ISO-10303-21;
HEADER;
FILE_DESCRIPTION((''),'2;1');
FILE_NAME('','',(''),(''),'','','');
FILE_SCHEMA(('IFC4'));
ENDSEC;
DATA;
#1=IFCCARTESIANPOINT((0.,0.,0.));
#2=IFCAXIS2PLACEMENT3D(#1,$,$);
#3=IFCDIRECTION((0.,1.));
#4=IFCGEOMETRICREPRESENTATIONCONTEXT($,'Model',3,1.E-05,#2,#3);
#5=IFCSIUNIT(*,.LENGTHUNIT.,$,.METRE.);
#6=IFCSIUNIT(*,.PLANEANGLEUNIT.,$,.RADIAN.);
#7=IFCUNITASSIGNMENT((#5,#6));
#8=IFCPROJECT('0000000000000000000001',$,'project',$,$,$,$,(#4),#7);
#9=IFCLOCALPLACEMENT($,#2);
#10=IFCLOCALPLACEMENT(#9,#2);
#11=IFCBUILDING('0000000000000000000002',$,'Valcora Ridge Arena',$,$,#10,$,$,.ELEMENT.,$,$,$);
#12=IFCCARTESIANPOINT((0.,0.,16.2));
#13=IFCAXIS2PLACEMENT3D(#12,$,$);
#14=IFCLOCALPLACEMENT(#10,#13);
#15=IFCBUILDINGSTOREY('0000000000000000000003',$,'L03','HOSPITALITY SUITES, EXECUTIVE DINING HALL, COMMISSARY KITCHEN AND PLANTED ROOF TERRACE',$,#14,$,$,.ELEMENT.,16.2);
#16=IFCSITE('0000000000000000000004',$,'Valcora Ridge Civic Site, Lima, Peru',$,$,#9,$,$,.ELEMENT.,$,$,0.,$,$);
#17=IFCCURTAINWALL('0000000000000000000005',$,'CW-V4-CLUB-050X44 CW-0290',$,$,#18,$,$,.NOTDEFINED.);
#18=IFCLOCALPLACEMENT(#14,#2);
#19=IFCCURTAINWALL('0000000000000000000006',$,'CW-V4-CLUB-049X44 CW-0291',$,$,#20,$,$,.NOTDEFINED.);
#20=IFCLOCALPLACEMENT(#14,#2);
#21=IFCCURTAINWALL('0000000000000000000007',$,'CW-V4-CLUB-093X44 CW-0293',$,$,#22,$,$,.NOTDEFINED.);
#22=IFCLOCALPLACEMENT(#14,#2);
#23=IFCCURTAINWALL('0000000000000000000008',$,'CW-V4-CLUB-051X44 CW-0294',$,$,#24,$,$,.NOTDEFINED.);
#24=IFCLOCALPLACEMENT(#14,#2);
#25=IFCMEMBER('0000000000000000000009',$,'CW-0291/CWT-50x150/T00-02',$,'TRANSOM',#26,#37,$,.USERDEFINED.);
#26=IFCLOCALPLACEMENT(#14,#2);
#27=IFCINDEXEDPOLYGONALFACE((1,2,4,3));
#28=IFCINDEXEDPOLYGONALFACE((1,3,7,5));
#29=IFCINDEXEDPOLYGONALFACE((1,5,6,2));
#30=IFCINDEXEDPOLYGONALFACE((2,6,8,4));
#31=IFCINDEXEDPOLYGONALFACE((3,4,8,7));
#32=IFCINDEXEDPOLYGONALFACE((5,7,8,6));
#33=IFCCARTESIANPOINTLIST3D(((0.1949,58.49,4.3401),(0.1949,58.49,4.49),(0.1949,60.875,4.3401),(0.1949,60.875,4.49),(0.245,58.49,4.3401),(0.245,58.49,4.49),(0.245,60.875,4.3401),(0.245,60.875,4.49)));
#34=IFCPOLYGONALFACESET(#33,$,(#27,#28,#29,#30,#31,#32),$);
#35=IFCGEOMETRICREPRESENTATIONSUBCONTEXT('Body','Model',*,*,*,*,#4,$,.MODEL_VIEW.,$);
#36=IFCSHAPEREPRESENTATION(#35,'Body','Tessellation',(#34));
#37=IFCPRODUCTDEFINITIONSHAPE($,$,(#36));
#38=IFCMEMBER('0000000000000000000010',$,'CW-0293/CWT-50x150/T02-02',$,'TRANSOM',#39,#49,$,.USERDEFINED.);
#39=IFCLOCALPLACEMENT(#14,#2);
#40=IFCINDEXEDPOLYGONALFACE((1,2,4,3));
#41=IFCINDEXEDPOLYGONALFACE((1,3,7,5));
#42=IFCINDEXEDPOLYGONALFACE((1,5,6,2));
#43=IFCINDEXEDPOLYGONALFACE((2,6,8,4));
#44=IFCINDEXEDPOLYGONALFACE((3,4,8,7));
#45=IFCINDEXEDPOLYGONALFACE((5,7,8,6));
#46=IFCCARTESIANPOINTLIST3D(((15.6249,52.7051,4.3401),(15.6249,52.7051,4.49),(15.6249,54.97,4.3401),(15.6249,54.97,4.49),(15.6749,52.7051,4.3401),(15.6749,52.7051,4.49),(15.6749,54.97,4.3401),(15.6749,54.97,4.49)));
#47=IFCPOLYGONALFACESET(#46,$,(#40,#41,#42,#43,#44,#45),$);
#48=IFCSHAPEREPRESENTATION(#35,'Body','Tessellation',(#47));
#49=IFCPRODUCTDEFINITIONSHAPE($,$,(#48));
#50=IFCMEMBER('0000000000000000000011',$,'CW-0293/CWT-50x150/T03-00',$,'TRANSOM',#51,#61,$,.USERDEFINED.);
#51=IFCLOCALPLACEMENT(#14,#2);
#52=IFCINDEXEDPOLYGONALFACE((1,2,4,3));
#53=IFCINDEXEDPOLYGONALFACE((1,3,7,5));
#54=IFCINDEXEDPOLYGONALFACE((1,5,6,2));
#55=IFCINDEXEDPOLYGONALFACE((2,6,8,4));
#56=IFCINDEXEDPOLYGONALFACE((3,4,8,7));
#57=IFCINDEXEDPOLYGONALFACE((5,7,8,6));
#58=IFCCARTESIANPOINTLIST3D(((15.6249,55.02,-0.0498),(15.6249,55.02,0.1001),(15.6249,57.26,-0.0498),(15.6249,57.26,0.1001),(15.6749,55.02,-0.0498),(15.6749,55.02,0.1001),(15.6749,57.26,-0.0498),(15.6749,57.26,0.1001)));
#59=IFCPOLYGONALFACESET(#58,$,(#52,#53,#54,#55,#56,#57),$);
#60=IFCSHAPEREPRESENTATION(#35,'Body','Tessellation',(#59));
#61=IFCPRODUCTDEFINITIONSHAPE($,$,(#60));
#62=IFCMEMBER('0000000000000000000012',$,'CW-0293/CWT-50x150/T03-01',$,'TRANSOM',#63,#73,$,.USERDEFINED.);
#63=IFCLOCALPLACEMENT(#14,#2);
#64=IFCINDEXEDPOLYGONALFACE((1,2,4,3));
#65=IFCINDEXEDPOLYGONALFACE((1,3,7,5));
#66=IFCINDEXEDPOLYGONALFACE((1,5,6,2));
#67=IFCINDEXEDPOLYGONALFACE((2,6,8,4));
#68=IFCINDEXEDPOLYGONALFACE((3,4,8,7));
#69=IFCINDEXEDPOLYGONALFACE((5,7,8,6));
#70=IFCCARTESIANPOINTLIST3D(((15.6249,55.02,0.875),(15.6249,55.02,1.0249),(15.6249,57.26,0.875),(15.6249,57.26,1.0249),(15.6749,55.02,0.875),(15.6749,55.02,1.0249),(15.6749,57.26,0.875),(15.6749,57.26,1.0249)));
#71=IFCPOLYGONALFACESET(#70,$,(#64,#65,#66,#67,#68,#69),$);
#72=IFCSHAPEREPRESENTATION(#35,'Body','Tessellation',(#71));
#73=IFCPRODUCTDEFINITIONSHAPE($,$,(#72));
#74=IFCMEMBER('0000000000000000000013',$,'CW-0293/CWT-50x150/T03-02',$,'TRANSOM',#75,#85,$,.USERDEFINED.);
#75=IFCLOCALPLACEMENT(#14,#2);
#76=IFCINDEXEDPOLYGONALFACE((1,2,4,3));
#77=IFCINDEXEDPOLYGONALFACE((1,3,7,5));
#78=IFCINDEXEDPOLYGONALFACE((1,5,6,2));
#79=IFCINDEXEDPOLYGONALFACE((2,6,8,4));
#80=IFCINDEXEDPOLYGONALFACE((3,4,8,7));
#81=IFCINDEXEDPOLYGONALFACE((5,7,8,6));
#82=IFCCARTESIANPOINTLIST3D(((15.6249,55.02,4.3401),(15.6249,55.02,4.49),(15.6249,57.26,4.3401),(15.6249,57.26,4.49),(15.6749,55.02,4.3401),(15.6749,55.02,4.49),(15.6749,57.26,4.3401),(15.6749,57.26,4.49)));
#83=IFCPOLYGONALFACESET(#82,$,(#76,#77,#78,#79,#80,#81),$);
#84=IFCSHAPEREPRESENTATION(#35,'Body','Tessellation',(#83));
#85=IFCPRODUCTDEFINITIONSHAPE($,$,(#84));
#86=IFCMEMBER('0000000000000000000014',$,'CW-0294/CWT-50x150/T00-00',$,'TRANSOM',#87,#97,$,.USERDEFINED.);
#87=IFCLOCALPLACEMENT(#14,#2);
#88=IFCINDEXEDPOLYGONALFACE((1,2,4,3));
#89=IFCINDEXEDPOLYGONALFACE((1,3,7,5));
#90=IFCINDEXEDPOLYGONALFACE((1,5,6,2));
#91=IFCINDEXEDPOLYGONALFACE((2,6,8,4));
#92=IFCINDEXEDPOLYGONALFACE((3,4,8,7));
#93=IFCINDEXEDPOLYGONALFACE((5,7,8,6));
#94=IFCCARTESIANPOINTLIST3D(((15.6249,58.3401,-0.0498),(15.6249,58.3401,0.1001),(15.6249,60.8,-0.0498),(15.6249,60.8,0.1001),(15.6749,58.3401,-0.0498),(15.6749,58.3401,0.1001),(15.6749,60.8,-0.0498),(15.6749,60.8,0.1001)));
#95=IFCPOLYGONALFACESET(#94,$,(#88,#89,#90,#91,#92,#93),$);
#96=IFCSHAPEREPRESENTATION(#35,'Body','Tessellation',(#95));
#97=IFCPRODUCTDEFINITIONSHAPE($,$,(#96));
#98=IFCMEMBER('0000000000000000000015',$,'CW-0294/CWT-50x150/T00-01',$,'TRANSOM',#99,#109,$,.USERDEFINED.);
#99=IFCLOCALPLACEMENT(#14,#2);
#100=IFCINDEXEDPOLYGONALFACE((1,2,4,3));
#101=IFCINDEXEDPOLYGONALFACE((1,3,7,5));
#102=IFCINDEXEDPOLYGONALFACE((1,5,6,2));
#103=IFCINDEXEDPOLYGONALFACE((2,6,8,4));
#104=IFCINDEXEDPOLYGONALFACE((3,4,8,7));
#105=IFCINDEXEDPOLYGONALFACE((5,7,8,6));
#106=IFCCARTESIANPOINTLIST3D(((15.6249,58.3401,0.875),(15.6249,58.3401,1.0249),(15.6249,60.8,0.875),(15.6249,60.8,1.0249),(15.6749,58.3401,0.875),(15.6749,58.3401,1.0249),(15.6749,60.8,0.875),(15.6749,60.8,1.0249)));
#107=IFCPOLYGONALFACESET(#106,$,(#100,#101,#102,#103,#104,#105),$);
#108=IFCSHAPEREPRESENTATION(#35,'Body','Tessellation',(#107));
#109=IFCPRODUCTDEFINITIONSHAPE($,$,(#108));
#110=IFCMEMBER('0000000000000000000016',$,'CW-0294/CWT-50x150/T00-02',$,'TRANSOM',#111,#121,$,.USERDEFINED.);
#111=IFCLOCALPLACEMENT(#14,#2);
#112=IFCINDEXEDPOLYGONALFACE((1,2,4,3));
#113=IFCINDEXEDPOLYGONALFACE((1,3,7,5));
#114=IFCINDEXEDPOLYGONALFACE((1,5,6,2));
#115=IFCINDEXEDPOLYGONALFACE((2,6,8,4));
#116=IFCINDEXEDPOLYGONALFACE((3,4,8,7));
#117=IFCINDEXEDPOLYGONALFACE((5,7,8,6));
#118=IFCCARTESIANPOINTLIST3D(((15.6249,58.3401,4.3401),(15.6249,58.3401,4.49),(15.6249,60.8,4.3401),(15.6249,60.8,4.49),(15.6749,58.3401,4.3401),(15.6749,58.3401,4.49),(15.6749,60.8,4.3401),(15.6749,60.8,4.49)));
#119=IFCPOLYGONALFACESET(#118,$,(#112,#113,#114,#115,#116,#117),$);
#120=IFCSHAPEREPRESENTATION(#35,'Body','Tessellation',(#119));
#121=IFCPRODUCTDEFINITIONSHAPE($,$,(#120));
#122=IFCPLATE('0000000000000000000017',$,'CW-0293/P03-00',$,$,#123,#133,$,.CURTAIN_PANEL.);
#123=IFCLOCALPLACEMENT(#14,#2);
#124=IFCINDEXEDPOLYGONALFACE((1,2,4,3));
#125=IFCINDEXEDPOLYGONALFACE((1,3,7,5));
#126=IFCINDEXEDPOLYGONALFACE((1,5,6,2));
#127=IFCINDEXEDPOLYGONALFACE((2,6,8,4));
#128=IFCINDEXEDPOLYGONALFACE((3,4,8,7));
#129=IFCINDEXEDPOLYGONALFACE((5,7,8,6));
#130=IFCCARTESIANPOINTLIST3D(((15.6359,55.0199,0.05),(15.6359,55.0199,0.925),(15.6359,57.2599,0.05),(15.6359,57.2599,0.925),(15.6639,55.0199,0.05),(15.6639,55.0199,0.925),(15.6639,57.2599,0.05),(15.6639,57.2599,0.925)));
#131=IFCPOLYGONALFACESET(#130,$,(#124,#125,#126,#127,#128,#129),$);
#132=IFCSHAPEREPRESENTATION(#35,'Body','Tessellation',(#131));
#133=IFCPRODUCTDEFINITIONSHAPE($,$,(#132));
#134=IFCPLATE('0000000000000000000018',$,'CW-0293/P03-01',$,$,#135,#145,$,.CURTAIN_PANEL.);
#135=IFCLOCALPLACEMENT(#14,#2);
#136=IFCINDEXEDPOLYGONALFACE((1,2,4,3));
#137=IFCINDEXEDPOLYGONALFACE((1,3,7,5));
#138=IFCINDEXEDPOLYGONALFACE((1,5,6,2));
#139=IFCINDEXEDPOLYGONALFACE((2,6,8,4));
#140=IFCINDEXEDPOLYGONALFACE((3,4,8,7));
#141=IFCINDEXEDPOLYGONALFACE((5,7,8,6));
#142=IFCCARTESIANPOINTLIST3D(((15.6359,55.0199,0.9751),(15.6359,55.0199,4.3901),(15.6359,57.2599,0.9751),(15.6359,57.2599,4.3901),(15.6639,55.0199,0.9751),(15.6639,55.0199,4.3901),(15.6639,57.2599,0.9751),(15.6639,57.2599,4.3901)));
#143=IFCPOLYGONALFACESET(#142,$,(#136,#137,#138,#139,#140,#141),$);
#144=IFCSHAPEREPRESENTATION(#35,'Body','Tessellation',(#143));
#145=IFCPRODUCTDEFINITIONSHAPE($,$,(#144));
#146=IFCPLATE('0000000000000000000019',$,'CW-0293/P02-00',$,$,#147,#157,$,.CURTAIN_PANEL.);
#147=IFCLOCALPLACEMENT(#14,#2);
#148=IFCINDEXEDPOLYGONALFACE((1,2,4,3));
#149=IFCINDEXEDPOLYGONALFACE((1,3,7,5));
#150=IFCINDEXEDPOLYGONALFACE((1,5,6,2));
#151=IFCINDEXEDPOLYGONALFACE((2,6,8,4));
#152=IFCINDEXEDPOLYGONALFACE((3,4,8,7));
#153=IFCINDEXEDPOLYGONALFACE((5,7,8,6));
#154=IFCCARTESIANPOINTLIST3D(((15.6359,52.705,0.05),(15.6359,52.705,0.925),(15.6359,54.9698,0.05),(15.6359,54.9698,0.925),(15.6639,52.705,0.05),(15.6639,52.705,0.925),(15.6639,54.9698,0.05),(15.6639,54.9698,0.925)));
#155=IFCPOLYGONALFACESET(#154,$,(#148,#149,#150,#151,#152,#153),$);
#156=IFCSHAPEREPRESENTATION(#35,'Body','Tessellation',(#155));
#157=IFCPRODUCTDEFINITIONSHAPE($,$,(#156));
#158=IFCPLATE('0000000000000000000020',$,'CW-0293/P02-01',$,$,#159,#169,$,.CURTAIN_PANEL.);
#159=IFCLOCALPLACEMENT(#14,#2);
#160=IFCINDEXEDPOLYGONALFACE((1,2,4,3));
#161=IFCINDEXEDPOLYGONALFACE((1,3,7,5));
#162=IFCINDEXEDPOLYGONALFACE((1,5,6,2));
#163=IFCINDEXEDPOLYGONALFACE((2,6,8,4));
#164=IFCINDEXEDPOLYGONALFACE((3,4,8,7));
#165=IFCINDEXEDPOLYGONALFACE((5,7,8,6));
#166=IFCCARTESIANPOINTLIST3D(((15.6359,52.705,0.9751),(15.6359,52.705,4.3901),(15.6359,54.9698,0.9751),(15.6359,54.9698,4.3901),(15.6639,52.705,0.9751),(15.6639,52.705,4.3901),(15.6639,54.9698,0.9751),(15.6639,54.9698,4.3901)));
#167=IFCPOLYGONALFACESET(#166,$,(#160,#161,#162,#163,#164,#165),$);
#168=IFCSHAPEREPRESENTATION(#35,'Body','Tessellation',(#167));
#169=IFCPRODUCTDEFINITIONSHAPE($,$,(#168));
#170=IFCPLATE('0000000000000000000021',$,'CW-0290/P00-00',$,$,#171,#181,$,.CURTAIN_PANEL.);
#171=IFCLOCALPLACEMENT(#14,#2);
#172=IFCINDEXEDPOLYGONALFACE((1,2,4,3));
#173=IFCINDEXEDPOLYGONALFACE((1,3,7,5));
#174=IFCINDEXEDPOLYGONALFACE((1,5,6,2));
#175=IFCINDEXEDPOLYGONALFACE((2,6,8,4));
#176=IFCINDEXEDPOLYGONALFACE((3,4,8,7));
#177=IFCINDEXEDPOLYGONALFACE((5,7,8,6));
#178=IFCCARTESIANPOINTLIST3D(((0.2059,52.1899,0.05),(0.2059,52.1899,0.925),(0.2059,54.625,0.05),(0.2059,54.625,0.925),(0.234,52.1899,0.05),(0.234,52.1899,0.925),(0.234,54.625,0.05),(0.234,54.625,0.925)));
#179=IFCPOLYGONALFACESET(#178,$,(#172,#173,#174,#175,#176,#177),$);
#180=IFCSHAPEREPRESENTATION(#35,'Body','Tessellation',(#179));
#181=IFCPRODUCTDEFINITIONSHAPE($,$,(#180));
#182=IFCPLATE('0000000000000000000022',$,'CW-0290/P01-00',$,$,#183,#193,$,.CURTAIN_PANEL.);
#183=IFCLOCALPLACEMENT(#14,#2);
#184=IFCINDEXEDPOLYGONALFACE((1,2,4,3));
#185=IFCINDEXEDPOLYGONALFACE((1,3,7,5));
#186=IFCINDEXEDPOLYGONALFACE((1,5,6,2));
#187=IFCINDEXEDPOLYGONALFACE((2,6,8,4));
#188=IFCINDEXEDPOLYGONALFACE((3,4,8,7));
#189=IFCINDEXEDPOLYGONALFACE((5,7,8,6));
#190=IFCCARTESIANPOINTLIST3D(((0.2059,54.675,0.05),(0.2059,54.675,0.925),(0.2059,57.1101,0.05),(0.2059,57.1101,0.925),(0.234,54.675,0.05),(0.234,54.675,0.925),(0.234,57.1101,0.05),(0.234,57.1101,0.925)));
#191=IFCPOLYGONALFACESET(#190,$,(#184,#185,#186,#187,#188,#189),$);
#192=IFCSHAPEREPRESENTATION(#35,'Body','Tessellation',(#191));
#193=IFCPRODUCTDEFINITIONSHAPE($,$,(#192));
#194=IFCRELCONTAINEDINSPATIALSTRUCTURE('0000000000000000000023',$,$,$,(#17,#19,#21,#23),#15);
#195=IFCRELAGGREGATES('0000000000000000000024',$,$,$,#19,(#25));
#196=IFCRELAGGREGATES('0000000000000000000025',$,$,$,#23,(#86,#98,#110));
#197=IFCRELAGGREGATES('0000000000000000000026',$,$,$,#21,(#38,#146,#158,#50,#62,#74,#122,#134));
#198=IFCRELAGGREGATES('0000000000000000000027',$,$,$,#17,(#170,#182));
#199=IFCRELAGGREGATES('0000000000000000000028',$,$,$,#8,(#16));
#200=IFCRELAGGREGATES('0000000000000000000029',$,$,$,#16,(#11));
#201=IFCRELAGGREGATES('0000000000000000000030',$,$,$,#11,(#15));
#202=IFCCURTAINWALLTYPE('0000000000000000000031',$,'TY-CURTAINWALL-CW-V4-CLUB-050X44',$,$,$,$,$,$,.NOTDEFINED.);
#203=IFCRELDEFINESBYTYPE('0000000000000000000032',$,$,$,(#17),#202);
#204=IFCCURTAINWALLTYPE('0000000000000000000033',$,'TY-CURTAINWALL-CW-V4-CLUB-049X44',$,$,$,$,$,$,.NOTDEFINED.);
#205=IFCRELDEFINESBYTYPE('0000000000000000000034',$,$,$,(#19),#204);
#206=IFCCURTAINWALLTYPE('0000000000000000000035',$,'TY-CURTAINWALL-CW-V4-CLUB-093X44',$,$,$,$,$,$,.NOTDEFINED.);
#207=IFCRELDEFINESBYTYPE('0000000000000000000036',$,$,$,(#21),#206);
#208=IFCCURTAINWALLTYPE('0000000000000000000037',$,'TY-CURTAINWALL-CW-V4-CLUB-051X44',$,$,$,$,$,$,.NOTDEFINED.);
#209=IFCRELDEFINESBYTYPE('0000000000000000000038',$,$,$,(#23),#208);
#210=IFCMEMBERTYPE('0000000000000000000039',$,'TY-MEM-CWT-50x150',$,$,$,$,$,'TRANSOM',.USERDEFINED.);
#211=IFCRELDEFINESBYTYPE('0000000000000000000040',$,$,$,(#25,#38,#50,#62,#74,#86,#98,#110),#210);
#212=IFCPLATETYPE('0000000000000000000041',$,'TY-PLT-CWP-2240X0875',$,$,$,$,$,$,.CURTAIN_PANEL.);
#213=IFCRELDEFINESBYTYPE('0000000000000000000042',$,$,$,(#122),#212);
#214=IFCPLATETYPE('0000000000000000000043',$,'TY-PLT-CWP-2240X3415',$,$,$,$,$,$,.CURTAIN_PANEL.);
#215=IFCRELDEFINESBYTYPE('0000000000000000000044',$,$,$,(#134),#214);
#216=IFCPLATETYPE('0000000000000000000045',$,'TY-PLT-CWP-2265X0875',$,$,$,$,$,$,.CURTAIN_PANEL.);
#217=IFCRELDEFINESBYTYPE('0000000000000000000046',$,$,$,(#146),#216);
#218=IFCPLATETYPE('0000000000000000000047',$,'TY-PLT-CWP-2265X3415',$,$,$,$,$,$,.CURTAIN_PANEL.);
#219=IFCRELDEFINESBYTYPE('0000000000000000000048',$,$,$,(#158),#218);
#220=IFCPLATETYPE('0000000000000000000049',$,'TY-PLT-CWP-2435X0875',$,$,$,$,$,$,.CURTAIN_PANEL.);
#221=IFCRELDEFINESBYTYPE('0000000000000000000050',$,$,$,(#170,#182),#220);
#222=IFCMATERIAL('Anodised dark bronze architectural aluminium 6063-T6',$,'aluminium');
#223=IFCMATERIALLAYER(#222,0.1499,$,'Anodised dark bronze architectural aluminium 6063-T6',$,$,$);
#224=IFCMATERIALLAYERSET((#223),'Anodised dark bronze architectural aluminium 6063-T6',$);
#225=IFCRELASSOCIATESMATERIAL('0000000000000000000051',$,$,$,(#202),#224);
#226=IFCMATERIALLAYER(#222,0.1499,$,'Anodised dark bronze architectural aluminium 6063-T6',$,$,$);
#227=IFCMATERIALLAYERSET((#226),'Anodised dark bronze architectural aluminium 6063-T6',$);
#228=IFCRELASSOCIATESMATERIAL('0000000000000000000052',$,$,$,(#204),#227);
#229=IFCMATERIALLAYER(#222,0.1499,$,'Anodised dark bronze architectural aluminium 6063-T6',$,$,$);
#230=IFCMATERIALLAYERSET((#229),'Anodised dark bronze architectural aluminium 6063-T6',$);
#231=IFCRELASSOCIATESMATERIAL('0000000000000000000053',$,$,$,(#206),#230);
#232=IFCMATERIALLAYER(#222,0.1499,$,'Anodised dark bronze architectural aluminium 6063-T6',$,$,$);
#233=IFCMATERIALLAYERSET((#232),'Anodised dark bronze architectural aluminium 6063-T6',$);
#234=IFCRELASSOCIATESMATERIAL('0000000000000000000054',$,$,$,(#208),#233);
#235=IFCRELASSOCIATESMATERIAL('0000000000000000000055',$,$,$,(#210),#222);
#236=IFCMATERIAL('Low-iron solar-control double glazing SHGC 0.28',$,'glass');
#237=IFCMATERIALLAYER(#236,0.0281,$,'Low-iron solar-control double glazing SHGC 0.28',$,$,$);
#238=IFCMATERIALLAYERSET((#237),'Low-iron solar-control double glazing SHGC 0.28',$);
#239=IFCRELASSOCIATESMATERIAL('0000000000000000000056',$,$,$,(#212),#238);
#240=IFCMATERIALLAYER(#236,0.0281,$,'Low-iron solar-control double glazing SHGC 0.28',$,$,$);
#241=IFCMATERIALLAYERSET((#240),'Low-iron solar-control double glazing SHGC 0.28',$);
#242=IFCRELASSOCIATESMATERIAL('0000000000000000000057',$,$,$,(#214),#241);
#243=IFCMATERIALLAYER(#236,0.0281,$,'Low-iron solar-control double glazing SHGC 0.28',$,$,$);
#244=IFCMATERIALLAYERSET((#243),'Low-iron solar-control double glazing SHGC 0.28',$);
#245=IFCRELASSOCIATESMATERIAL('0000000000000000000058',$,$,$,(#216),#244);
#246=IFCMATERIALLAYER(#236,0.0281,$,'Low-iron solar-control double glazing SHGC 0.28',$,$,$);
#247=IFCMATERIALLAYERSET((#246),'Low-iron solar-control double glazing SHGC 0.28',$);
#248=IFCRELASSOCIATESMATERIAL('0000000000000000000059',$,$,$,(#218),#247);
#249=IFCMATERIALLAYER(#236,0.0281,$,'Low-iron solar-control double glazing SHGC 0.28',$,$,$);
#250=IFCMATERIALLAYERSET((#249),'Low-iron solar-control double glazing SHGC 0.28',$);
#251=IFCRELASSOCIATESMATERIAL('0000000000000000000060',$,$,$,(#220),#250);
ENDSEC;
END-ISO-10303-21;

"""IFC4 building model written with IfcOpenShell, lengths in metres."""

from ifc_helpers import new_model, si_unit, direction, frame, origin, origin_2d, place, context, subcontext, project, spatial, rectangle, extrude, material, layer, layer_set, material_profile, profile_set, type_object, element, aggregate, save


model = new_model("IFC4")

# Units and contexts
model_context = context("Model", 3, precision=1e-05, world=origin(), true_north=direction((0.0, 1.0)))
body_context = subcontext(model_context, "Body", "Model", "MODEL_VIEW")
ifc_project = project(units=[si_unit("LENGTHUNIT", "METRE"), si_unit("PLANEANGLEUNIT", "RADIAN")], contexts=[model_context])

# Site, building, storey
site_placement = place(None, origin())
site = spatial("IfcSite", under=ifc_project, at=site_placement, Name="Valcora Ridge Civic Site, Lima, Peru", CompositionType="ELEMENT", RefElevation=0.0)
building_placement = place(site_placement, origin())
building = spatial("IfcBuilding", under=site, at=building_placement, Name="Valcora Ridge Arena", CompositionType="ELEMENT")
storey_placement = place(building_placement, frame((0.0, 0.0, 16.2)))
storey = spatial("IfcBuildingStorey", under=building, at=storey_placement, Name="L03", Description="HOSPITALITY SUITES, EXECUTIVE DINING HALL, COMMISSARY KITCHEN AND PLANTED ROOF TERRACE", CompositionType="ELEMENT", Elevation=16.2)

# Curtain wall
ifc_material_1 = material(Name="Anodised dark bronze architectural aluminium 6063-T6", Category="aluminium")
ifc_layer_1 = layer(ifc_material_1, 0.1499, Name="Anodised dark bronze architectural aluminium 6063-T6")
ifc_layer_set_1 = layer_set([ifc_layer_1], Name="Anodised dark bronze architectural aluminium 6063-T6")
curtain_wall_type_1 = type_object("IfcCurtainWallType", Name="TY-CURTAINWALL-CW-V4-CLUB-050X44", PredefinedType="NOTDEFINED", material=ifc_layer_set_1)
curtain_wall_1_placement = place(storey_placement, origin())
curtain_wall_1 = element("IfcCurtainWall", 1, at=curtain_wall_1_placement, inside=storey, type_object=curtain_wall_type_1, Name="CW-V4-CLUB-050X44 CW-0290", PredefinedType="NOTDEFINED")

# Curtain wall
ifc_layer_2 = layer(ifc_material_1, 0.1499, Name="Anodised dark bronze architectural aluminium 6063-T6")
ifc_layer_set_2 = layer_set([ifc_layer_2], Name="Anodised dark bronze architectural aluminium 6063-T6")
curtain_wall_type_2 = type_object("IfcCurtainWallType", Name="TY-CURTAINWALL-CW-V4-CLUB-049X44", PredefinedType="NOTDEFINED", material=ifc_layer_set_2)
curtain_wall_2_placement = place(storey_placement, origin())
curtain_wall_2 = element("IfcCurtainWall", 2, at=curtain_wall_2_placement, inside=storey, type_object=curtain_wall_type_2, Name="CW-V4-CLUB-049X44 CW-0291", PredefinedType="NOTDEFINED")

# Curtain wall
ifc_layer_3 = layer(ifc_material_1, 0.1499, Name="Anodised dark bronze architectural aluminium 6063-T6")
ifc_layer_set_3 = layer_set([ifc_layer_3], Name="Anodised dark bronze architectural aluminium 6063-T6")
curtain_wall_type_3 = type_object("IfcCurtainWallType", Name="TY-CURTAINWALL-CW-V4-CLUB-093X44", PredefinedType="NOTDEFINED", material=ifc_layer_set_3)
curtain_wall_3_placement = place(storey_placement, origin())
curtain_wall_3 = element("IfcCurtainWall", 3, at=curtain_wall_3_placement, inside=storey, type_object=curtain_wall_type_3, Name="CW-V4-CLUB-093X44 CW-0293", PredefinedType="NOTDEFINED")

# Curtain wall
ifc_layer_4 = layer(ifc_material_1, 0.1499, Name="Anodised dark bronze architectural aluminium 6063-T6")
ifc_layer_set_4 = layer_set([ifc_layer_4], Name="Anodised dark bronze architectural aluminium 6063-T6")
curtain_wall_type_4 = type_object("IfcCurtainWallType", Name="TY-CURTAINWALL-CW-V4-CLUB-051X44", PredefinedType="NOTDEFINED", material=ifc_layer_set_4)
curtain_wall_4_placement = place(storey_placement, origin())
curtain_wall_4 = element("IfcCurtainWall", 4, at=curtain_wall_4_placement, inside=storey, type_object=curtain_wall_type_4, Name="CW-V4-CLUB-051X44 CW-0294", PredefinedType="NOTDEFINED")

# Members
ifc_material_profile_1 = material_profile(ifc_material_1, rectangle(XDim=0.05, YDim=0.1499, at=origin_2d()), Name="ALU TRANSOM 50x150")
ifc_profile_set_1 = profile_set([ifc_material_profile_1], Name="Anodised dark bronze architectural aluminium 6063-T6")
member_type_1 = type_object("IfcMemberType", Name="TY-MEM-CWT-50x150", ElementType="TRANSOM", PredefinedType="USERDEFINED", material=ifc_profile_set_1)
member_1_placement = place(storey_placement, frame((0.22, 58.49, 4.415), z_axis=(0.0, 1.0, 0.0), x_axis=(-1.0, 0.0, 0.0)))
member_1 = element("IfcMember", 5, at=member_1_placement, type_object=member_type_1, Name="CW-0291/CWT-50x150/T00-02", ObjectType="TRANSOM", PredefinedType="USERDEFINED", context=body_context, shape_type="SweptSolid", body=[
    extrude(rectangle(XDim=0.05, YDim=0.1499, at=origin_2d()), origin(), (0.0, 0.0, 1.0), 2.385),
])
aggregate(curtain_wall_2, [member_1])
member_2_placement = place(storey_placement, frame((15.6499, 52.7051, 4.415), z_axis=(0.0, 1.0, 0.0), x_axis=(-1.0, 0.0, 0.0)))
member_2 = element("IfcMember", 6, at=member_2_placement, type_object=member_type_1, Name="CW-0293/CWT-50x150/T02-02", ObjectType="TRANSOM", PredefinedType="USERDEFINED", context=body_context, shape_type="SweptSolid", body=[
    extrude(rectangle(XDim=0.05, YDim=0.1499, at=origin_2d()), origin(), (0.0, 0.0, 1.0), 2.2649),
])
member_3_placement = place(storey_placement, frame((15.6499, 55.02, 0.0251), z_axis=(0.0, 1.0, 0.0), x_axis=(-1.0, 0.0, 0.0)))
member_3 = element("IfcMember", 7, at=member_3_placement, type_object=member_type_1, Name="CW-0293/CWT-50x150/T03-00", ObjectType="TRANSOM", PredefinedType="USERDEFINED", context=body_context, shape_type="SweptSolid", body=[
    extrude(rectangle(XDim=0.05, YDim=0.1499, at=origin_2d()), origin(), (0.0, 0.0, 1.0), 2.24),
])
member_4_placement = place(storey_placement, frame((15.6499, 55.02, 0.95), z_axis=(0.0, 1.0, 0.0), x_axis=(-1.0, 0.0, 0.0)))
member_4 = element("IfcMember", 8, at=member_4_placement, type_object=member_type_1, Name="CW-0293/CWT-50x150/T03-01", ObjectType="TRANSOM", PredefinedType="USERDEFINED", context=body_context, shape_type="SweptSolid", body=[
    extrude(rectangle(XDim=0.05, YDim=0.1499, at=origin_2d()), origin(), (0.0, 0.0, 1.0), 2.24),
])
member_5_placement = place(storey_placement, frame((15.6499, 55.02, 4.415), z_axis=(0.0, 1.0, 0.0), x_axis=(-1.0, 0.0, 0.0)))
member_5 = element("IfcMember", 9, at=member_5_placement, type_object=member_type_1, Name="CW-0293/CWT-50x150/T03-02", ObjectType="TRANSOM", PredefinedType="USERDEFINED", context=body_context, shape_type="SweptSolid", body=[
    extrude(rectangle(XDim=0.05, YDim=0.1499, at=origin_2d()), origin(), (0.0, 0.0, 1.0), 2.24),
])
member_6_placement = place(storey_placement, frame((15.6499, 58.3401, 0.0251), z_axis=(0.0, 1.0, 0.0), x_axis=(-1.0, 0.0, 0.0)))
member_6 = element("IfcMember", 10, at=member_6_placement, type_object=member_type_1, Name="CW-0294/CWT-50x150/T00-00", ObjectType="TRANSOM", PredefinedType="USERDEFINED", context=body_context, shape_type="SweptSolid", body=[
    extrude(rectangle(XDim=0.05, YDim=0.1499, at=origin_2d()), origin(), (0.0, 0.0, 1.0), 2.46),
])
member_7_placement = place(storey_placement, frame((15.6499, 58.3401, 0.95), z_axis=(0.0, 1.0, 0.0), x_axis=(-1.0, 0.0, 0.0)))
member_7 = element("IfcMember", 11, at=member_7_placement, type_object=member_type_1, Name="CW-0294/CWT-50x150/T00-01", ObjectType="TRANSOM", PredefinedType="USERDEFINED", context=body_context, shape_type="SweptSolid", body=[
    extrude(rectangle(XDim=0.05, YDim=0.1499, at=origin_2d()), origin(), (0.0, 0.0, 1.0), 2.46),
])
member_8_placement = place(storey_placement, frame((15.6499, 58.3401, 4.415), z_axis=(0.0, 1.0, 0.0), x_axis=(-1.0, 0.0, 0.0)))
member_8 = element("IfcMember", 12, at=member_8_placement, type_object=member_type_1, Name="CW-0294/CWT-50x150/T00-02", ObjectType="TRANSOM", PredefinedType="USERDEFINED", context=body_context, shape_type="SweptSolid", body=[
    extrude(rectangle(XDim=0.05, YDim=0.1499, at=origin_2d()), origin(), (0.0, 0.0, 1.0), 2.46),
])
aggregate(curtain_wall_4, [member_6, member_7, member_8])

# Plates
ifc_material_2 = material(Name="Low-iron solar-control double glazing SHGC 0.28", Category="glass")
ifc_layer_5 = layer(ifc_material_2, 0.0281, Name="Low-iron solar-control double glazing SHGC 0.28")
ifc_layer_set_5 = layer_set([ifc_layer_5], Name="Low-iron solar-control double glazing SHGC 0.28")
plate_type_1 = type_object("IfcPlateType", Name="TY-PLT-CWP-2240X0875", PredefinedType="CURTAIN_PANEL", material=ifc_layer_set_5)
plate_1_placement = place(storey_placement, frame((15.6499, 56.1399, 0.05), z_axis=(0.0, 0.0, 1.0), x_axis=(0.0, 1.0, 0.0)))
plate_1 = element("IfcPlate", 13, at=plate_1_placement, type_object=plate_type_1, Name="CW-0293/P03-00", PredefinedType="CURTAIN_PANEL", context=body_context, shape_type="SweptSolid", body=[
    extrude(rectangle(XDim=2.24, YDim=0.0281, at=origin_2d()), origin(), (0.0, 0.0, 1.0), 0.875),
])
ifc_layer_6 = layer(ifc_material_2, 0.0281, Name="Low-iron solar-control double glazing SHGC 0.28")
ifc_layer_set_6 = layer_set([ifc_layer_6], Name="Low-iron solar-control double glazing SHGC 0.28")
plate_type_2 = type_object("IfcPlateType", Name="TY-PLT-CWP-2240X3415", PredefinedType="CURTAIN_PANEL", material=ifc_layer_set_6)
plate_2_placement = place(storey_placement, frame((15.6499, 56.1399, 0.9751), z_axis=(0.0, 0.0, 1.0), x_axis=(0.0, 1.0, 0.0)))
plate_2 = element("IfcPlate", 14, at=plate_2_placement, type_object=plate_type_2, Name="CW-0293/P03-01", PredefinedType="CURTAIN_PANEL", context=body_context, shape_type="SweptSolid", body=[
    extrude(rectangle(XDim=2.24, YDim=0.0281, at=origin_2d()), origin(), (0.0, 0.0, 1.0), 3.415),
])
ifc_layer_7 = layer(ifc_material_2, 0.0281, Name="Low-iron solar-control double glazing SHGC 0.28")
ifc_layer_set_7 = layer_set([ifc_layer_7], Name="Low-iron solar-control double glazing SHGC 0.28")
plate_type_3 = type_object("IfcPlateType", Name="TY-PLT-CWP-2265X0875", PredefinedType="CURTAIN_PANEL", material=ifc_layer_set_7)
plate_3_placement = place(storey_placement, frame((15.6499, 53.8374, 0.05), z_axis=(0.0, 0.0, 1.0), x_axis=(0.0, 1.0, 0.0)))
plate_3 = element("IfcPlate", 15, at=plate_3_placement, type_object=plate_type_3, Name="CW-0293/P02-00", PredefinedType="CURTAIN_PANEL", context=body_context, shape_type="SweptSolid", body=[
    extrude(rectangle(XDim=2.2649, YDim=0.0281, at=origin_2d()), origin(), (0.0, 0.0, 1.0), 0.875),
])
ifc_layer_8 = layer(ifc_material_2, 0.0281, Name="Low-iron solar-control double glazing SHGC 0.28")
ifc_layer_set_8 = layer_set([ifc_layer_8], Name="Low-iron solar-control double glazing SHGC 0.28")
plate_type_4 = type_object("IfcPlateType", Name="TY-PLT-CWP-2265X3415", PredefinedType="CURTAIN_PANEL", material=ifc_layer_set_8)
plate_4_placement = place(storey_placement, frame((15.6499, 53.8374, 0.9751), z_axis=(0.0, 0.0, 1.0), x_axis=(0.0, 1.0, 0.0)))
plate_4 = element("IfcPlate", 16, at=plate_4_placement, type_object=plate_type_4, Name="CW-0293/P02-01", PredefinedType="CURTAIN_PANEL", context=body_context, shape_type="SweptSolid", body=[
    extrude(rectangle(XDim=2.2649, YDim=0.0281, at=origin_2d()), origin(), (0.0, 0.0, 1.0), 3.415),
])
aggregate(curtain_wall_3, [member_2, plate_3, plate_4, member_3, member_4, member_5, plate_1, plate_2])
ifc_layer_9 = layer(ifc_material_2, 0.0281, Name="Low-iron solar-control double glazing SHGC 0.28")
ifc_layer_set_9 = layer_set([ifc_layer_9], Name="Low-iron solar-control double glazing SHGC 0.28")
plate_type_5 = type_object("IfcPlateType", Name="TY-PLT-CWP-2435X0875", PredefinedType="CURTAIN_PANEL", material=ifc_layer_set_9)
plate_5_placement = place(storey_placement, frame((0.22, 53.4075, 0.05), z_axis=(0.0, 0.0, 1.0), x_axis=(0.0, 1.0, 0.0)))
plate_5 = element("IfcPlate", 17, at=plate_5_placement, type_object=plate_type_5, Name="CW-0290/P00-00", PredefinedType="CURTAIN_PANEL", context=body_context, shape_type="SweptSolid", body=[
    extrude(rectangle(XDim=2.4351, YDim=0.0281, at=origin_2d()), origin(), (0.0, 0.0, 1.0), 0.875),
])
plate_6_placement = place(storey_placement, frame((0.22, 55.8926, 0.05), z_axis=(0.0, 0.0, 1.0), x_axis=(0.0, 1.0, 0.0)))
plate_6 = element("IfcPlate", 18, at=plate_6_placement, type_object=plate_type_5, Name="CW-0290/P01-00", PredefinedType="CURTAIN_PANEL", context=body_context, shape_type="SweptSolid", body=[
    extrude(rectangle(XDim=2.4351, YDim=0.0281, at=origin_2d()), origin(), (0.0, 0.0, 1.0), 0.875),
])
aggregate(curtain_wall_1, [plate_5, plate_6])

save(model, "model.ifc")
